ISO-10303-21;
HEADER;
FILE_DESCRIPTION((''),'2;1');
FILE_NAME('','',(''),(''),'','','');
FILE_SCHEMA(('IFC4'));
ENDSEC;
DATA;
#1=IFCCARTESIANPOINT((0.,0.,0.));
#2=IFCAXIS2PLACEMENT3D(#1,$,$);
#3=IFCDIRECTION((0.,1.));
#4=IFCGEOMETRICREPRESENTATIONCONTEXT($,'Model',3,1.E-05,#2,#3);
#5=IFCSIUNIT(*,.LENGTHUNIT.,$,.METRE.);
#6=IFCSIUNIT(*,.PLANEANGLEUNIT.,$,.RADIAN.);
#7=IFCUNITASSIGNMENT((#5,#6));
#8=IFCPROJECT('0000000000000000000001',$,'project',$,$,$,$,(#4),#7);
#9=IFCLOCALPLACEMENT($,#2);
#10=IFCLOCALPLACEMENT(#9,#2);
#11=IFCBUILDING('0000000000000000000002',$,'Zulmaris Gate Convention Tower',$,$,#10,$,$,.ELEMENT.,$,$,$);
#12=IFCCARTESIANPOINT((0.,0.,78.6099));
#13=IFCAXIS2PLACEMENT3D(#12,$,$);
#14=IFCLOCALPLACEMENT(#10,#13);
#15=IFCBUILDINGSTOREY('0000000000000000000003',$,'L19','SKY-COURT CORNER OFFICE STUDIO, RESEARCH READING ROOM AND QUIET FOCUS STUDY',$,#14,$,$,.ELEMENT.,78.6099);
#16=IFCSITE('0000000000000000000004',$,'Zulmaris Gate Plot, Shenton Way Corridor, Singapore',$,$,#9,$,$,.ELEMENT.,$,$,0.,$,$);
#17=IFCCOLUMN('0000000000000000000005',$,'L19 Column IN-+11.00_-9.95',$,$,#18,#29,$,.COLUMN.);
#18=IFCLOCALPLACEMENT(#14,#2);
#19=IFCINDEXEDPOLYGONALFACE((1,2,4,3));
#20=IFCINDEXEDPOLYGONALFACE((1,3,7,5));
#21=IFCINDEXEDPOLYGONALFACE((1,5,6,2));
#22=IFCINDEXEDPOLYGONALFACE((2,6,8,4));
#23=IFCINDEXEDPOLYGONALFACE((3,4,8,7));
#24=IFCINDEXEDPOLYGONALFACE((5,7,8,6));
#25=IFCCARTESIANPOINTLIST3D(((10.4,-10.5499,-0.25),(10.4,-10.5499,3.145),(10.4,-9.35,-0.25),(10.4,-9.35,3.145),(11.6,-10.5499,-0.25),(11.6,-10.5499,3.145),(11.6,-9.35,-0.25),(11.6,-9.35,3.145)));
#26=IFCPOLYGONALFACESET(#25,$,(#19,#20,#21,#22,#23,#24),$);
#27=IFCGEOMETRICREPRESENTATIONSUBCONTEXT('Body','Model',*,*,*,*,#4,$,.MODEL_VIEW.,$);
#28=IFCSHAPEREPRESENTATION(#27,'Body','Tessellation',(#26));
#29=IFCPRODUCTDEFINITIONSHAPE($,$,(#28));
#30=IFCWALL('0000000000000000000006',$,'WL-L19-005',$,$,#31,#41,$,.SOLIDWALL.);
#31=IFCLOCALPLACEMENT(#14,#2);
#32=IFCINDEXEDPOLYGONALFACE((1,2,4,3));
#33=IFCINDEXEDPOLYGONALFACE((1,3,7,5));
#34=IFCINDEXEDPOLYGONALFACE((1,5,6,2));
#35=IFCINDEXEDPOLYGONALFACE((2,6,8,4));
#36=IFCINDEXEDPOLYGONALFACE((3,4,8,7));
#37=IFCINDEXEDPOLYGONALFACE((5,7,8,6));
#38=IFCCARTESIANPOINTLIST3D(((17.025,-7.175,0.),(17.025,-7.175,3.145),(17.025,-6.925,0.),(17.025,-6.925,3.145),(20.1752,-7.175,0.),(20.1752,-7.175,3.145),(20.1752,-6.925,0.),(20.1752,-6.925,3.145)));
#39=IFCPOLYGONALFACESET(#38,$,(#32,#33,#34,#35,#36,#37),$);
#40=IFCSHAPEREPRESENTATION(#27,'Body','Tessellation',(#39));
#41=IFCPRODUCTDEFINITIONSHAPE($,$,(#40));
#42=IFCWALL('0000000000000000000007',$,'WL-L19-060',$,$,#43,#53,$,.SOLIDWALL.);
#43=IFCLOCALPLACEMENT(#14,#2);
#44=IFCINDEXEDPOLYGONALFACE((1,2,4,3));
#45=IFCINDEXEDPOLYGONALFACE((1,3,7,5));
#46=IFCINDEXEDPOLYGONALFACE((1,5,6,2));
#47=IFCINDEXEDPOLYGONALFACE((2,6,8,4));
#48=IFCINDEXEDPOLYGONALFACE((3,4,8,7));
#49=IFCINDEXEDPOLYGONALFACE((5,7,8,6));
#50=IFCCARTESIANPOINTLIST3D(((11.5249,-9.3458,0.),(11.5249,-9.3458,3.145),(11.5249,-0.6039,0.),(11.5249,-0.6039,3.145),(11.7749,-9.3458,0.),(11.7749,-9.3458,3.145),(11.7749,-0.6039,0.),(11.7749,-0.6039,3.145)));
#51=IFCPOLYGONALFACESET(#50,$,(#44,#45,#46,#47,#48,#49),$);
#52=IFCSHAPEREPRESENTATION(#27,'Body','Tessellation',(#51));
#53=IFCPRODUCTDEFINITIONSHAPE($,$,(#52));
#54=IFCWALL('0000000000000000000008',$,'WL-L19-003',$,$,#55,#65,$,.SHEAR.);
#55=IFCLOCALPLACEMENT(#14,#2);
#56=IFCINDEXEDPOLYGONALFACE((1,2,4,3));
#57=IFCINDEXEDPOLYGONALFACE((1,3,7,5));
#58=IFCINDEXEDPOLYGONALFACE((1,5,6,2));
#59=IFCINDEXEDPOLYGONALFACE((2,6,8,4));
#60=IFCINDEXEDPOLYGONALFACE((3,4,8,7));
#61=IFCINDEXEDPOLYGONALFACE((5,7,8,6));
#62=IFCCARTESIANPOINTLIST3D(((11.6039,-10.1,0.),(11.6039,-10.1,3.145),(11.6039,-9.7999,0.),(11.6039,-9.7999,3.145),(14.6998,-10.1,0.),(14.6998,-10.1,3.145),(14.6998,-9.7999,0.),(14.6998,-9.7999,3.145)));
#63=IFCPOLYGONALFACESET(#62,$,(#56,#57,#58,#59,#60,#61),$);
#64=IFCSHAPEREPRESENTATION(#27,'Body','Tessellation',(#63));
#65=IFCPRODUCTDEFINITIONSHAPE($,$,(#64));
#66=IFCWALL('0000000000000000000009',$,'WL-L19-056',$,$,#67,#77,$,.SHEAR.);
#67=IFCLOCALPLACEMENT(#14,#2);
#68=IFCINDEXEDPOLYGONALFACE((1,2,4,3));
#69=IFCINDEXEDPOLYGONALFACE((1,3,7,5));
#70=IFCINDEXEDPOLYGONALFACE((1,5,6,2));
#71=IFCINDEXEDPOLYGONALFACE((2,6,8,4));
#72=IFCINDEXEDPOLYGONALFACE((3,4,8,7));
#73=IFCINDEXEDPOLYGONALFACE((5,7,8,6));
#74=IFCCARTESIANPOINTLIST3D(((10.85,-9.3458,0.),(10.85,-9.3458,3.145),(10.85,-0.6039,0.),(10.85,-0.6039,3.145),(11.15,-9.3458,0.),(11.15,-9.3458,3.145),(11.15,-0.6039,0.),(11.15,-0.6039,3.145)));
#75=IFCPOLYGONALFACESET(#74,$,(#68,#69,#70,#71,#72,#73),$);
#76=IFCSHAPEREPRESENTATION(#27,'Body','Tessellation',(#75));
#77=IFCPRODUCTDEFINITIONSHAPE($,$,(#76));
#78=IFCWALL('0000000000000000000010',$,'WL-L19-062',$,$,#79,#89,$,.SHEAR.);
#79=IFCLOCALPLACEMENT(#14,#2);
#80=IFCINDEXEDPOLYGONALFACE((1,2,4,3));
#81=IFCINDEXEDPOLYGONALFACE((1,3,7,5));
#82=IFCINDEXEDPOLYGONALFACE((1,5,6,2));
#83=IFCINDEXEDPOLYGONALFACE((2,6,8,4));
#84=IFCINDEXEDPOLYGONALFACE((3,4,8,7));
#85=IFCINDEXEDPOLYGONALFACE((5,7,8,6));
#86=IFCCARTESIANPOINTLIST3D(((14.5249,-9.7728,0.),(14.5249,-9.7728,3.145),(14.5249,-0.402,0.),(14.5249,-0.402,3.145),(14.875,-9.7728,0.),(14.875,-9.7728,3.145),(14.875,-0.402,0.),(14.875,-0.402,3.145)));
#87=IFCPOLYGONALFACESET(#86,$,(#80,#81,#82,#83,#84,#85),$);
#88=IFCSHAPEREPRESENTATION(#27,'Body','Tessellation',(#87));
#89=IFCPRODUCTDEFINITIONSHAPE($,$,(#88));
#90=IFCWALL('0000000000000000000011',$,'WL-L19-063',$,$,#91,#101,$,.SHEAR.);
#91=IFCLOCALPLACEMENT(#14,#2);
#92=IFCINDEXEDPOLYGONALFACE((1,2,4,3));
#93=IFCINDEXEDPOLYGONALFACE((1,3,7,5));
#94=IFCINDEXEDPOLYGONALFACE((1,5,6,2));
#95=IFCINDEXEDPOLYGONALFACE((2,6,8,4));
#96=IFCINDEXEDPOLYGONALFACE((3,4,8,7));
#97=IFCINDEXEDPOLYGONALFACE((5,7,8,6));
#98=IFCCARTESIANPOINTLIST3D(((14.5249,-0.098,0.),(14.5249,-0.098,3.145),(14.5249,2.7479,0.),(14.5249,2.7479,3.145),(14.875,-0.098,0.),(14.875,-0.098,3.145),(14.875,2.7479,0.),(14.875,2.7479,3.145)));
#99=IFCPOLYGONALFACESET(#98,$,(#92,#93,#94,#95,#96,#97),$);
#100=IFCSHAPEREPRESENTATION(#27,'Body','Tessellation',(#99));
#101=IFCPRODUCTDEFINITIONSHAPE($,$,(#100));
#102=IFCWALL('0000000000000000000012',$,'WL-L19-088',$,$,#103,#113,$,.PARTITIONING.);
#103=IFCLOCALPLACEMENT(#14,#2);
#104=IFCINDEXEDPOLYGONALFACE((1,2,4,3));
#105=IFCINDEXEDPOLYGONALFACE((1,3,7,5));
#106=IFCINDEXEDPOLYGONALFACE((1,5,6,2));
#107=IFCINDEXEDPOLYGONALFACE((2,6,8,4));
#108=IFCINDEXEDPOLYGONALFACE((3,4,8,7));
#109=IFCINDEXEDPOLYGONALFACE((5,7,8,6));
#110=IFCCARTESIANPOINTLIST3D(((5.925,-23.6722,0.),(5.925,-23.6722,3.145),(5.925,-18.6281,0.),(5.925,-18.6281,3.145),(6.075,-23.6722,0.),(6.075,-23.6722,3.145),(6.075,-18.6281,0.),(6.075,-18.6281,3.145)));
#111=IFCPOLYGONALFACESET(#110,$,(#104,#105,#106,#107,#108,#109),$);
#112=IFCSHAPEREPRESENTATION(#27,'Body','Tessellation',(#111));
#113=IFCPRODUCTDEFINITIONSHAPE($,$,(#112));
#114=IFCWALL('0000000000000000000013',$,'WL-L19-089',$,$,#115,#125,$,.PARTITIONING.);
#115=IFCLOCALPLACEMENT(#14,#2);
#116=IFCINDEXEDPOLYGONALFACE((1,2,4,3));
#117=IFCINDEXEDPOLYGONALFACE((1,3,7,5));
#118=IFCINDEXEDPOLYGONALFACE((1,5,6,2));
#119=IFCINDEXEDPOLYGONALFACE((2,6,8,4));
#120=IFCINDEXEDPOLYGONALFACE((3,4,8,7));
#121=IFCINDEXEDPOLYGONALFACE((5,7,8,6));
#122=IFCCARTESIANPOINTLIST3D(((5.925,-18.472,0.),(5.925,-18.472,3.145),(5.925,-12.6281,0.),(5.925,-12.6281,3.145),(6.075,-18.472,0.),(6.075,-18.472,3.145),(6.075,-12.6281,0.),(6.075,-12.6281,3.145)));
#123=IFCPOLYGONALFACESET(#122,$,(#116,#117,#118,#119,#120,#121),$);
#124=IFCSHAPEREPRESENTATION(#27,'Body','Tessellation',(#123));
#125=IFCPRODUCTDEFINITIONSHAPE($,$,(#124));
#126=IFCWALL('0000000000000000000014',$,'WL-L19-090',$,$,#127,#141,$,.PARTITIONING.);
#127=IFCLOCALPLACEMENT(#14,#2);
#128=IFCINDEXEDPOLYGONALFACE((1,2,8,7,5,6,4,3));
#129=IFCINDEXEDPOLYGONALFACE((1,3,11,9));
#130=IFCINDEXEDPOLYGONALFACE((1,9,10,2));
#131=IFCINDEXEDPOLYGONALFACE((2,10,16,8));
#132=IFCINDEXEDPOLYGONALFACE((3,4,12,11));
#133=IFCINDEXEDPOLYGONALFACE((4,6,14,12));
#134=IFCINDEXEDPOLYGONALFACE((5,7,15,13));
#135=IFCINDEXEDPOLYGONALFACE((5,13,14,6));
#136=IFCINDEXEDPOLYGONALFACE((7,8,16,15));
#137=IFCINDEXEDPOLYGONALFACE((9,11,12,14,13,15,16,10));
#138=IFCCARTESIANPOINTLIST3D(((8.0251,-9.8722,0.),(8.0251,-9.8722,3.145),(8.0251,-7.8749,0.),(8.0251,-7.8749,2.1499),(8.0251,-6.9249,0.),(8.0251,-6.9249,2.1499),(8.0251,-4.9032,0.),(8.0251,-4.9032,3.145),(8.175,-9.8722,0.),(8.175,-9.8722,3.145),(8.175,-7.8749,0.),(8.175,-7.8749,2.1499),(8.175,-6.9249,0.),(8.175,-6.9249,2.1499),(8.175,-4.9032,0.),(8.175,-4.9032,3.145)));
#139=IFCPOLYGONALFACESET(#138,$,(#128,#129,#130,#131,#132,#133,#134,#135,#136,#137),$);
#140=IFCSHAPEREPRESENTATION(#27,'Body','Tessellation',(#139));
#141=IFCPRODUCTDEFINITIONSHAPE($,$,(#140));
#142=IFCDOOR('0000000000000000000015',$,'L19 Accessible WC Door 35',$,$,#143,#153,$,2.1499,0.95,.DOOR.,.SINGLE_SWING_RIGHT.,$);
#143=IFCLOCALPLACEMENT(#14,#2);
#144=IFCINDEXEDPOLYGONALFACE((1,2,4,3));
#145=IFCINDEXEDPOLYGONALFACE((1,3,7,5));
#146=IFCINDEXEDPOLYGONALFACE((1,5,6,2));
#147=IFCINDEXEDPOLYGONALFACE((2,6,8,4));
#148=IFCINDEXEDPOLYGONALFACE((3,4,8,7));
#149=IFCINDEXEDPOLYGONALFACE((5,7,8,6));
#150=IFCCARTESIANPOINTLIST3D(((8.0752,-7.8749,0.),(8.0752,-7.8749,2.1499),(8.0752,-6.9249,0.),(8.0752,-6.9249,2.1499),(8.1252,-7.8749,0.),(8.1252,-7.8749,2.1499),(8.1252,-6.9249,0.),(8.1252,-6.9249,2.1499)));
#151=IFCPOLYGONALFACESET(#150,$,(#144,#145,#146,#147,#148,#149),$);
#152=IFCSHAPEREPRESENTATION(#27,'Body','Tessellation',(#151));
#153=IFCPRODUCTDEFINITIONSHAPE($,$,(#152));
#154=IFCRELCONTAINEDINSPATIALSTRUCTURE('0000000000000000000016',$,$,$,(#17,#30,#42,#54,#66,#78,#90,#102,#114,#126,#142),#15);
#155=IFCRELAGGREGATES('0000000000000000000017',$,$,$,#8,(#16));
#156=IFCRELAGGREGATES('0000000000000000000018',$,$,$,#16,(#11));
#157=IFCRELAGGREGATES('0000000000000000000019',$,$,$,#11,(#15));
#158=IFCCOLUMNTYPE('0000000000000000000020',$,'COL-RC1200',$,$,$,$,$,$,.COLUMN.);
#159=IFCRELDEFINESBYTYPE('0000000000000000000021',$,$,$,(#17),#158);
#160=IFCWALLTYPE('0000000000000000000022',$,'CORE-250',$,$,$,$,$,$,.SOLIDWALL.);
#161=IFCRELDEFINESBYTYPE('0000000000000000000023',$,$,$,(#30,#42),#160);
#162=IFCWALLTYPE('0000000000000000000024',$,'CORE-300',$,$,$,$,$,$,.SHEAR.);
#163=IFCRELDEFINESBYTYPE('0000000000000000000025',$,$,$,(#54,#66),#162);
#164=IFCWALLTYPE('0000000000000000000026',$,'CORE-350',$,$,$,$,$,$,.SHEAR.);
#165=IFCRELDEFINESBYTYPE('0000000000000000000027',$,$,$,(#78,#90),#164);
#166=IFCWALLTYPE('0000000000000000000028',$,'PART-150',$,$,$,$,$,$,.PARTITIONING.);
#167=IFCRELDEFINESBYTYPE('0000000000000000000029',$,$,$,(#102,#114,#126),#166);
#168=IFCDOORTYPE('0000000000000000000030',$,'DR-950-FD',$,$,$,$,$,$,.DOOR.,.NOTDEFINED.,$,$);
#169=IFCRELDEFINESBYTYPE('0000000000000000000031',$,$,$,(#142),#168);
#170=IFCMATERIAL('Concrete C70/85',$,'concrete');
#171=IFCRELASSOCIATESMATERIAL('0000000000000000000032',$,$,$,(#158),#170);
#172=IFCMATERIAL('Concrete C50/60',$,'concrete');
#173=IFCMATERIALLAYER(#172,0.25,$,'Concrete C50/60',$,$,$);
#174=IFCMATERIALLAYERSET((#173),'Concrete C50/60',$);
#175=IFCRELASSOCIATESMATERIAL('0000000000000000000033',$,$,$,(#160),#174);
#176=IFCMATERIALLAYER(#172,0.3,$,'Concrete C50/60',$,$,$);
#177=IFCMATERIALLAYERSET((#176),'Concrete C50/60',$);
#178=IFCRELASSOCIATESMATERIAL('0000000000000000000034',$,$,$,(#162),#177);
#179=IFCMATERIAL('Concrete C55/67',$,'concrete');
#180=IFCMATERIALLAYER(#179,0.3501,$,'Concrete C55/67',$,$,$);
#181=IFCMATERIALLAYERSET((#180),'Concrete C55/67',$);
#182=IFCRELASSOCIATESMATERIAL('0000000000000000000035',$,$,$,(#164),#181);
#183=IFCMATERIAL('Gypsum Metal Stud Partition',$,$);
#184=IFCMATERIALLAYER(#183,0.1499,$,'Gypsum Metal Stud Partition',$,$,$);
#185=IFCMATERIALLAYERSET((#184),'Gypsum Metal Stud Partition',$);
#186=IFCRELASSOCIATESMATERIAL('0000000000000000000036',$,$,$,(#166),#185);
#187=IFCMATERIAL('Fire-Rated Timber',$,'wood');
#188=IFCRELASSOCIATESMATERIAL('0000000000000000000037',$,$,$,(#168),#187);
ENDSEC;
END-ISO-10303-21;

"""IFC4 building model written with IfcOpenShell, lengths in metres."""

from ifc_helpers import new_model, si_unit, direction, frame, frame_2d, origin, origin_2d, place, context, subcontext, project, spatial, rectangle, extrude, material, layer, layer_set, material_profile, profile_set, type_object, element, fill, save


model = new_model("IFC4")

# Units and contexts
model_context = context("Model", 3, precision=1e-05, world=origin(), true_north=direction((0.0, 1.0)))
body_context = subcontext(model_context, "Body", "Model", "MODEL_VIEW")
ifc_project = project(units=[si_unit("LENGTHUNIT", "METRE"), si_unit("PLANEANGLEUNIT", "RADIAN")], contexts=[model_context])

# Site, building, storey
site_placement = place(None, origin())
site = spatial("IfcSite", under=ifc_project, at=site_placement, Name="Zulmaris Gate Plot, Shenton Way Corridor, Singapore", CompositionType="ELEMENT", RefElevation=0.0)
building_placement = place(site_placement, origin())
building = spatial("IfcBuilding", under=site, at=building_placement, Name="Zulmaris Gate Convention Tower", CompositionType="ELEMENT")
storey_placement = place(building_placement, frame((0.0, 0.0, 78.6099)))
storey = spatial("IfcBuildingStorey", under=building, at=storey_placement, Name="L19", Description="SKY-COURT CORNER OFFICE STUDIO, RESEARCH READING ROOM AND QUIET FOCUS STUDY", CompositionType="ELEMENT", Elevation=78.6099)

# Column
ifc_material_1 = material(Name="Concrete C70/85", Category="concrete")
ifc_material_profile = material_profile(ifc_material_1, rectangle(XDim=1.2, YDim=1.2, at=origin_2d()), Name="RC COL 1200x1200")
ifc_profile_set = profile_set([ifc_material_profile], Name="Concrete C70/85")
column_type = type_object("IfcColumnType", Name="COL-RC1200", PredefinedType="COLUMN", material=ifc_profile_set)
column_placement = place(storey_placement, frame((11.0, -9.95, -0.25), z_axis=(0.0, 0.0, 1.0), x_axis=(1.0, 0.0, 0.0)))
element("IfcColumn", 1, at=column_placement, inside=storey, type_object=column_type, Name="L19 Column IN-+11.00_-9.95", PredefinedType="COLUMN", context=body_context, shape_type="SweptSolid", body=[
    extrude(rectangle(XDim=1.2, YDim=1.2, at=origin_2d()), origin(), (0.0, 0.0, 1.0), 3.395),
])

# Walls
ifc_material_2 = material(Name="Concrete C50/60", Category="concrete")
ifc_layer_1 = layer(ifc_material_2, 0.25, Name="Concrete C50/60")
ifc_layer_set_1 = layer_set([ifc_layer_1], Name="Concrete C50/60")
wall_type_1 = type_object("IfcWallType", Name="CORE-250", PredefinedType="SOLIDWALL", material=ifc_layer_set_1)
wall_1_placement = place(storey_placement, frame((17.0249, -7.05, 0.0), z_axis=(0.0, 0.0, 1.0), x_axis=(1.0, 0.0, 0.0)))
element("IfcWall", 2, at=wall_1_placement, inside=storey, type_object=wall_type_1, Name="WL-L19-005", PredefinedType="SOLIDWALL", context=body_context, shape_type="SweptSolid", body=[
    extrude(rectangle(XDim=3.1501, YDim=0.25, at=frame_2d((1.5752, 0.0))), origin(), (0.0, 0.0, 1.0), 3.145),
])
wall_2_placement = place(storey_placement, frame((11.6499, -9.3459, 0.0), z_axis=(0.0, 0.0, 1.0), x_axis=(0.0, 1.0, 0.0)))
element("IfcWall", 3, at=wall_2_placement, inside=storey, type_object=wall_type_1, Name="WL-L19-060", PredefinedType="SOLIDWALL", context=body_context, shape_type="SweptSolid", body=[
    extrude(rectangle(XDim=8.7419, YDim=0.25, at=frame_2d((4.3711, 0.0))), origin(), (0.0, 0.0, 1.0), 3.145),
])
ifc_layer_2 = layer(ifc_material_2, 0.3, Name="Concrete C50/60")
ifc_layer_set_2 = layer_set([ifc_layer_2], Name="Concrete C50/60")
wall_type_2 = type_object("IfcWallType", Name="CORE-300", PredefinedType="SHEAR", material=ifc_layer_set_2)
wall_3_placement = place(storey_placement, frame((11.604, -9.95, 0.0), z_axis=(0.0, 0.0, 1.0), x_axis=(1.0, 0.0, 0.0)))
element("IfcWall", 4, at=wall_3_placement, inside=storey, type_object=wall_type_2, Name="WL-L19-003", PredefinedType="SHEAR", context=body_context, shape_type="SweptSolid", body=[
    extrude(rectangle(XDim=3.0959, YDim=0.3, at=frame_2d((1.5479, 0.0))), origin(), (0.0, 0.0, 1.0), 3.145),
])

# Wall
wall_4_placement = place(storey_placement, frame((11.0, -9.3459, 0.0), z_axis=(0.0, 0.0, 1.0), x_axis=(0.0, 1.0, 0.0)))
element("IfcWall", 5, at=wall_4_placement, inside=storey, type_object=wall_type_2, Name="WL-L19-056", PredefinedType="SHEAR", context=body_context, shape_type="SweptSolid", body=[
    extrude(rectangle(XDim=8.7419, YDim=0.3, at=frame_2d((4.3711, 0.0))), origin(), (0.0, 0.0, 1.0), 3.145),
])

# Shared definitions
ifc_material_3 = material(Name="Concrete C55/67", Category="concrete")
ifc_layer_3 = layer(ifc_material_3, 0.3501, Name="Concrete C55/67")
ifc_layer_set_3 = layer_set([ifc_layer_3], Name="Concrete C55/67")
wall_type_3 = type_object("IfcWallType", Name="CORE-350", PredefinedType="SHEAR", material=ifc_layer_set_3)
ifc_material_4 = material(Name="Fire-Rated Timber", Category="wood")

# Walls
wall_5_placement = place(storey_placement, frame((14.7, -9.7729, 0.0), z_axis=(0.0, 0.0, 1.0), x_axis=(0.0, 1.0, 0.0)))
element("IfcWall", 6, at=wall_5_placement, inside=storey, type_object=wall_type_3, Name="WL-L19-062", PredefinedType="SHEAR", context=body_context, shape_type="SweptSolid", body=[
    extrude(rectangle(XDim=9.3708, YDim=0.3501, at=frame_2d((4.6855, 0.0))), origin(), (0.0, 0.0, 1.0), 3.145),
])
wall_6_placement = place(storey_placement, frame((14.7, -0.0979, 0.0), z_axis=(0.0, 0.0, 1.0), x_axis=(0.0, 1.0, 0.0)))
element("IfcWall", 7, at=wall_6_placement, inside=storey, type_object=wall_type_3, Name="WL-L19-063", PredefinedType="SHEAR", context=body_context, shape_type="SweptSolid", body=[
    extrude(rectangle(XDim=2.8459, YDim=0.3501, at=frame_2d((1.4229, 0.0))), origin(), (0.0, 0.0, 1.0), 3.145),
])

# Shared definitions
ifc_material_5 = material(Name="Gypsum Metal Stud Partition")
ifc_layer_4 = layer(ifc_material_5, 0.1499, Name="Gypsum Metal Stud Partition")
ifc_layer_set_4 = layer_set([ifc_layer_4], Name="Gypsum Metal Stud Partition")
wall_type_4 = type_object("IfcWallType", Name="PART-150", PredefinedType="PARTITIONING", material=ifc_layer_set_4)
door_type_1 = type_object("IfcDoorType", Name="DR-950-FD", OperationType="NOTDEFINED", PredefinedType="DOOR", material=ifc_material_4)

# Walls
wall_7_placement = place(storey_placement, frame((6.0, -23.6721, 0.0), z_axis=(0.0, 0.0, 1.0), x_axis=(0.0, 1.0, 0.0)))
element("IfcWall", 8, at=wall_7_placement, inside=storey, type_object=wall_type_4, Name="WL-L19-088", PredefinedType="PARTITIONING", context=body_context, shape_type="SweptSolid", body=[
    extrude(rectangle(XDim=5.0442, YDim=0.1499, at=frame_2d((2.522, 0.0))), origin(), (0.0, 0.0, 1.0), 3.145),
])
wall_8_placement = place(storey_placement, frame((6.0, -18.4719, 0.0), z_axis=(0.0, 0.0, 1.0), x_axis=(0.0, 1.0, 0.0)))
element("IfcWall", 9, at=wall_8_placement, inside=storey, type_object=wall_type_4, Name="WL-L19-089", PredefinedType="PARTITIONING", context=body_context, shape_type="SweptSolid", body=[
    extrude(rectangle(XDim=5.844, YDim=0.1499, at=frame_2d((2.9219, 0.0))), origin(), (0.0, 0.0, 1.0), 3.145),
])

# Wall, opening, door
wall_9_placement = place(storey_placement, frame((8.1001, -9.8721, 0.0), z_axis=(0.0, 0.0, 1.0), x_axis=(0.0, 1.0, 0.0)))
wall_9 = element("IfcWall", 10, at=wall_9_placement, inside=storey, type_object=wall_type_4, Name="WL-L19-090", PredefinedType="PARTITIONING", context=body_context, shape_type="SweptSolid", body=[
    extrude(rectangle(XDim=4.969, YDim=0.1499, at=frame_2d((2.4844, 0.0))), origin(), (0.0, 0.0, 1.0), 3.145),
])
opening_1_placement = place(wall_9_placement, frame((1.9971, 0.0, 0.0)))
opening_1 = element("IfcOpeningElement", 11, at=opening_1_placement, cuts=wall_9, PredefinedType="OPENING", context=body_context, shape_type="SweptSolid", body=[
    extrude(rectangle(XDim=0.95, YDim=2.1499, at=frame_2d((0.4751, 1.075))), frame((0.0, 0.085, 0.0), z_axis=(0.0, -1.0, 0.0), x_axis=(1.0, 0.0, 0.0)), (0.0, 0.0, 1.0), 0.1699),
])
door_1_placement = place(opening_1_placement, origin())
door_1 = element("IfcDoor", 12, at=door_1_placement, inside=storey, type_object=door_type_1, Name="L19 Accessible WC Door 35", OperationType="SINGLE_SWING_RIGHT", OverallHeight=2.1499, OverallWidth=0.95, PredefinedType="DOOR", context=body_context, shape_type="SweptSolid", body=[
    extrude(rectangle(XDim=0.95, YDim=2.1499, at=frame_2d((0.4751, 1.075))), frame((0.0, 0.0249, 0.0), z_axis=(0.0, -1.0, 0.0), x_axis=(1.0, 0.0, 0.0)), (0.0, 0.0, 1.0), 0.05),
])
fill(opening_1, door_1)

save(model, "model.ifc")
